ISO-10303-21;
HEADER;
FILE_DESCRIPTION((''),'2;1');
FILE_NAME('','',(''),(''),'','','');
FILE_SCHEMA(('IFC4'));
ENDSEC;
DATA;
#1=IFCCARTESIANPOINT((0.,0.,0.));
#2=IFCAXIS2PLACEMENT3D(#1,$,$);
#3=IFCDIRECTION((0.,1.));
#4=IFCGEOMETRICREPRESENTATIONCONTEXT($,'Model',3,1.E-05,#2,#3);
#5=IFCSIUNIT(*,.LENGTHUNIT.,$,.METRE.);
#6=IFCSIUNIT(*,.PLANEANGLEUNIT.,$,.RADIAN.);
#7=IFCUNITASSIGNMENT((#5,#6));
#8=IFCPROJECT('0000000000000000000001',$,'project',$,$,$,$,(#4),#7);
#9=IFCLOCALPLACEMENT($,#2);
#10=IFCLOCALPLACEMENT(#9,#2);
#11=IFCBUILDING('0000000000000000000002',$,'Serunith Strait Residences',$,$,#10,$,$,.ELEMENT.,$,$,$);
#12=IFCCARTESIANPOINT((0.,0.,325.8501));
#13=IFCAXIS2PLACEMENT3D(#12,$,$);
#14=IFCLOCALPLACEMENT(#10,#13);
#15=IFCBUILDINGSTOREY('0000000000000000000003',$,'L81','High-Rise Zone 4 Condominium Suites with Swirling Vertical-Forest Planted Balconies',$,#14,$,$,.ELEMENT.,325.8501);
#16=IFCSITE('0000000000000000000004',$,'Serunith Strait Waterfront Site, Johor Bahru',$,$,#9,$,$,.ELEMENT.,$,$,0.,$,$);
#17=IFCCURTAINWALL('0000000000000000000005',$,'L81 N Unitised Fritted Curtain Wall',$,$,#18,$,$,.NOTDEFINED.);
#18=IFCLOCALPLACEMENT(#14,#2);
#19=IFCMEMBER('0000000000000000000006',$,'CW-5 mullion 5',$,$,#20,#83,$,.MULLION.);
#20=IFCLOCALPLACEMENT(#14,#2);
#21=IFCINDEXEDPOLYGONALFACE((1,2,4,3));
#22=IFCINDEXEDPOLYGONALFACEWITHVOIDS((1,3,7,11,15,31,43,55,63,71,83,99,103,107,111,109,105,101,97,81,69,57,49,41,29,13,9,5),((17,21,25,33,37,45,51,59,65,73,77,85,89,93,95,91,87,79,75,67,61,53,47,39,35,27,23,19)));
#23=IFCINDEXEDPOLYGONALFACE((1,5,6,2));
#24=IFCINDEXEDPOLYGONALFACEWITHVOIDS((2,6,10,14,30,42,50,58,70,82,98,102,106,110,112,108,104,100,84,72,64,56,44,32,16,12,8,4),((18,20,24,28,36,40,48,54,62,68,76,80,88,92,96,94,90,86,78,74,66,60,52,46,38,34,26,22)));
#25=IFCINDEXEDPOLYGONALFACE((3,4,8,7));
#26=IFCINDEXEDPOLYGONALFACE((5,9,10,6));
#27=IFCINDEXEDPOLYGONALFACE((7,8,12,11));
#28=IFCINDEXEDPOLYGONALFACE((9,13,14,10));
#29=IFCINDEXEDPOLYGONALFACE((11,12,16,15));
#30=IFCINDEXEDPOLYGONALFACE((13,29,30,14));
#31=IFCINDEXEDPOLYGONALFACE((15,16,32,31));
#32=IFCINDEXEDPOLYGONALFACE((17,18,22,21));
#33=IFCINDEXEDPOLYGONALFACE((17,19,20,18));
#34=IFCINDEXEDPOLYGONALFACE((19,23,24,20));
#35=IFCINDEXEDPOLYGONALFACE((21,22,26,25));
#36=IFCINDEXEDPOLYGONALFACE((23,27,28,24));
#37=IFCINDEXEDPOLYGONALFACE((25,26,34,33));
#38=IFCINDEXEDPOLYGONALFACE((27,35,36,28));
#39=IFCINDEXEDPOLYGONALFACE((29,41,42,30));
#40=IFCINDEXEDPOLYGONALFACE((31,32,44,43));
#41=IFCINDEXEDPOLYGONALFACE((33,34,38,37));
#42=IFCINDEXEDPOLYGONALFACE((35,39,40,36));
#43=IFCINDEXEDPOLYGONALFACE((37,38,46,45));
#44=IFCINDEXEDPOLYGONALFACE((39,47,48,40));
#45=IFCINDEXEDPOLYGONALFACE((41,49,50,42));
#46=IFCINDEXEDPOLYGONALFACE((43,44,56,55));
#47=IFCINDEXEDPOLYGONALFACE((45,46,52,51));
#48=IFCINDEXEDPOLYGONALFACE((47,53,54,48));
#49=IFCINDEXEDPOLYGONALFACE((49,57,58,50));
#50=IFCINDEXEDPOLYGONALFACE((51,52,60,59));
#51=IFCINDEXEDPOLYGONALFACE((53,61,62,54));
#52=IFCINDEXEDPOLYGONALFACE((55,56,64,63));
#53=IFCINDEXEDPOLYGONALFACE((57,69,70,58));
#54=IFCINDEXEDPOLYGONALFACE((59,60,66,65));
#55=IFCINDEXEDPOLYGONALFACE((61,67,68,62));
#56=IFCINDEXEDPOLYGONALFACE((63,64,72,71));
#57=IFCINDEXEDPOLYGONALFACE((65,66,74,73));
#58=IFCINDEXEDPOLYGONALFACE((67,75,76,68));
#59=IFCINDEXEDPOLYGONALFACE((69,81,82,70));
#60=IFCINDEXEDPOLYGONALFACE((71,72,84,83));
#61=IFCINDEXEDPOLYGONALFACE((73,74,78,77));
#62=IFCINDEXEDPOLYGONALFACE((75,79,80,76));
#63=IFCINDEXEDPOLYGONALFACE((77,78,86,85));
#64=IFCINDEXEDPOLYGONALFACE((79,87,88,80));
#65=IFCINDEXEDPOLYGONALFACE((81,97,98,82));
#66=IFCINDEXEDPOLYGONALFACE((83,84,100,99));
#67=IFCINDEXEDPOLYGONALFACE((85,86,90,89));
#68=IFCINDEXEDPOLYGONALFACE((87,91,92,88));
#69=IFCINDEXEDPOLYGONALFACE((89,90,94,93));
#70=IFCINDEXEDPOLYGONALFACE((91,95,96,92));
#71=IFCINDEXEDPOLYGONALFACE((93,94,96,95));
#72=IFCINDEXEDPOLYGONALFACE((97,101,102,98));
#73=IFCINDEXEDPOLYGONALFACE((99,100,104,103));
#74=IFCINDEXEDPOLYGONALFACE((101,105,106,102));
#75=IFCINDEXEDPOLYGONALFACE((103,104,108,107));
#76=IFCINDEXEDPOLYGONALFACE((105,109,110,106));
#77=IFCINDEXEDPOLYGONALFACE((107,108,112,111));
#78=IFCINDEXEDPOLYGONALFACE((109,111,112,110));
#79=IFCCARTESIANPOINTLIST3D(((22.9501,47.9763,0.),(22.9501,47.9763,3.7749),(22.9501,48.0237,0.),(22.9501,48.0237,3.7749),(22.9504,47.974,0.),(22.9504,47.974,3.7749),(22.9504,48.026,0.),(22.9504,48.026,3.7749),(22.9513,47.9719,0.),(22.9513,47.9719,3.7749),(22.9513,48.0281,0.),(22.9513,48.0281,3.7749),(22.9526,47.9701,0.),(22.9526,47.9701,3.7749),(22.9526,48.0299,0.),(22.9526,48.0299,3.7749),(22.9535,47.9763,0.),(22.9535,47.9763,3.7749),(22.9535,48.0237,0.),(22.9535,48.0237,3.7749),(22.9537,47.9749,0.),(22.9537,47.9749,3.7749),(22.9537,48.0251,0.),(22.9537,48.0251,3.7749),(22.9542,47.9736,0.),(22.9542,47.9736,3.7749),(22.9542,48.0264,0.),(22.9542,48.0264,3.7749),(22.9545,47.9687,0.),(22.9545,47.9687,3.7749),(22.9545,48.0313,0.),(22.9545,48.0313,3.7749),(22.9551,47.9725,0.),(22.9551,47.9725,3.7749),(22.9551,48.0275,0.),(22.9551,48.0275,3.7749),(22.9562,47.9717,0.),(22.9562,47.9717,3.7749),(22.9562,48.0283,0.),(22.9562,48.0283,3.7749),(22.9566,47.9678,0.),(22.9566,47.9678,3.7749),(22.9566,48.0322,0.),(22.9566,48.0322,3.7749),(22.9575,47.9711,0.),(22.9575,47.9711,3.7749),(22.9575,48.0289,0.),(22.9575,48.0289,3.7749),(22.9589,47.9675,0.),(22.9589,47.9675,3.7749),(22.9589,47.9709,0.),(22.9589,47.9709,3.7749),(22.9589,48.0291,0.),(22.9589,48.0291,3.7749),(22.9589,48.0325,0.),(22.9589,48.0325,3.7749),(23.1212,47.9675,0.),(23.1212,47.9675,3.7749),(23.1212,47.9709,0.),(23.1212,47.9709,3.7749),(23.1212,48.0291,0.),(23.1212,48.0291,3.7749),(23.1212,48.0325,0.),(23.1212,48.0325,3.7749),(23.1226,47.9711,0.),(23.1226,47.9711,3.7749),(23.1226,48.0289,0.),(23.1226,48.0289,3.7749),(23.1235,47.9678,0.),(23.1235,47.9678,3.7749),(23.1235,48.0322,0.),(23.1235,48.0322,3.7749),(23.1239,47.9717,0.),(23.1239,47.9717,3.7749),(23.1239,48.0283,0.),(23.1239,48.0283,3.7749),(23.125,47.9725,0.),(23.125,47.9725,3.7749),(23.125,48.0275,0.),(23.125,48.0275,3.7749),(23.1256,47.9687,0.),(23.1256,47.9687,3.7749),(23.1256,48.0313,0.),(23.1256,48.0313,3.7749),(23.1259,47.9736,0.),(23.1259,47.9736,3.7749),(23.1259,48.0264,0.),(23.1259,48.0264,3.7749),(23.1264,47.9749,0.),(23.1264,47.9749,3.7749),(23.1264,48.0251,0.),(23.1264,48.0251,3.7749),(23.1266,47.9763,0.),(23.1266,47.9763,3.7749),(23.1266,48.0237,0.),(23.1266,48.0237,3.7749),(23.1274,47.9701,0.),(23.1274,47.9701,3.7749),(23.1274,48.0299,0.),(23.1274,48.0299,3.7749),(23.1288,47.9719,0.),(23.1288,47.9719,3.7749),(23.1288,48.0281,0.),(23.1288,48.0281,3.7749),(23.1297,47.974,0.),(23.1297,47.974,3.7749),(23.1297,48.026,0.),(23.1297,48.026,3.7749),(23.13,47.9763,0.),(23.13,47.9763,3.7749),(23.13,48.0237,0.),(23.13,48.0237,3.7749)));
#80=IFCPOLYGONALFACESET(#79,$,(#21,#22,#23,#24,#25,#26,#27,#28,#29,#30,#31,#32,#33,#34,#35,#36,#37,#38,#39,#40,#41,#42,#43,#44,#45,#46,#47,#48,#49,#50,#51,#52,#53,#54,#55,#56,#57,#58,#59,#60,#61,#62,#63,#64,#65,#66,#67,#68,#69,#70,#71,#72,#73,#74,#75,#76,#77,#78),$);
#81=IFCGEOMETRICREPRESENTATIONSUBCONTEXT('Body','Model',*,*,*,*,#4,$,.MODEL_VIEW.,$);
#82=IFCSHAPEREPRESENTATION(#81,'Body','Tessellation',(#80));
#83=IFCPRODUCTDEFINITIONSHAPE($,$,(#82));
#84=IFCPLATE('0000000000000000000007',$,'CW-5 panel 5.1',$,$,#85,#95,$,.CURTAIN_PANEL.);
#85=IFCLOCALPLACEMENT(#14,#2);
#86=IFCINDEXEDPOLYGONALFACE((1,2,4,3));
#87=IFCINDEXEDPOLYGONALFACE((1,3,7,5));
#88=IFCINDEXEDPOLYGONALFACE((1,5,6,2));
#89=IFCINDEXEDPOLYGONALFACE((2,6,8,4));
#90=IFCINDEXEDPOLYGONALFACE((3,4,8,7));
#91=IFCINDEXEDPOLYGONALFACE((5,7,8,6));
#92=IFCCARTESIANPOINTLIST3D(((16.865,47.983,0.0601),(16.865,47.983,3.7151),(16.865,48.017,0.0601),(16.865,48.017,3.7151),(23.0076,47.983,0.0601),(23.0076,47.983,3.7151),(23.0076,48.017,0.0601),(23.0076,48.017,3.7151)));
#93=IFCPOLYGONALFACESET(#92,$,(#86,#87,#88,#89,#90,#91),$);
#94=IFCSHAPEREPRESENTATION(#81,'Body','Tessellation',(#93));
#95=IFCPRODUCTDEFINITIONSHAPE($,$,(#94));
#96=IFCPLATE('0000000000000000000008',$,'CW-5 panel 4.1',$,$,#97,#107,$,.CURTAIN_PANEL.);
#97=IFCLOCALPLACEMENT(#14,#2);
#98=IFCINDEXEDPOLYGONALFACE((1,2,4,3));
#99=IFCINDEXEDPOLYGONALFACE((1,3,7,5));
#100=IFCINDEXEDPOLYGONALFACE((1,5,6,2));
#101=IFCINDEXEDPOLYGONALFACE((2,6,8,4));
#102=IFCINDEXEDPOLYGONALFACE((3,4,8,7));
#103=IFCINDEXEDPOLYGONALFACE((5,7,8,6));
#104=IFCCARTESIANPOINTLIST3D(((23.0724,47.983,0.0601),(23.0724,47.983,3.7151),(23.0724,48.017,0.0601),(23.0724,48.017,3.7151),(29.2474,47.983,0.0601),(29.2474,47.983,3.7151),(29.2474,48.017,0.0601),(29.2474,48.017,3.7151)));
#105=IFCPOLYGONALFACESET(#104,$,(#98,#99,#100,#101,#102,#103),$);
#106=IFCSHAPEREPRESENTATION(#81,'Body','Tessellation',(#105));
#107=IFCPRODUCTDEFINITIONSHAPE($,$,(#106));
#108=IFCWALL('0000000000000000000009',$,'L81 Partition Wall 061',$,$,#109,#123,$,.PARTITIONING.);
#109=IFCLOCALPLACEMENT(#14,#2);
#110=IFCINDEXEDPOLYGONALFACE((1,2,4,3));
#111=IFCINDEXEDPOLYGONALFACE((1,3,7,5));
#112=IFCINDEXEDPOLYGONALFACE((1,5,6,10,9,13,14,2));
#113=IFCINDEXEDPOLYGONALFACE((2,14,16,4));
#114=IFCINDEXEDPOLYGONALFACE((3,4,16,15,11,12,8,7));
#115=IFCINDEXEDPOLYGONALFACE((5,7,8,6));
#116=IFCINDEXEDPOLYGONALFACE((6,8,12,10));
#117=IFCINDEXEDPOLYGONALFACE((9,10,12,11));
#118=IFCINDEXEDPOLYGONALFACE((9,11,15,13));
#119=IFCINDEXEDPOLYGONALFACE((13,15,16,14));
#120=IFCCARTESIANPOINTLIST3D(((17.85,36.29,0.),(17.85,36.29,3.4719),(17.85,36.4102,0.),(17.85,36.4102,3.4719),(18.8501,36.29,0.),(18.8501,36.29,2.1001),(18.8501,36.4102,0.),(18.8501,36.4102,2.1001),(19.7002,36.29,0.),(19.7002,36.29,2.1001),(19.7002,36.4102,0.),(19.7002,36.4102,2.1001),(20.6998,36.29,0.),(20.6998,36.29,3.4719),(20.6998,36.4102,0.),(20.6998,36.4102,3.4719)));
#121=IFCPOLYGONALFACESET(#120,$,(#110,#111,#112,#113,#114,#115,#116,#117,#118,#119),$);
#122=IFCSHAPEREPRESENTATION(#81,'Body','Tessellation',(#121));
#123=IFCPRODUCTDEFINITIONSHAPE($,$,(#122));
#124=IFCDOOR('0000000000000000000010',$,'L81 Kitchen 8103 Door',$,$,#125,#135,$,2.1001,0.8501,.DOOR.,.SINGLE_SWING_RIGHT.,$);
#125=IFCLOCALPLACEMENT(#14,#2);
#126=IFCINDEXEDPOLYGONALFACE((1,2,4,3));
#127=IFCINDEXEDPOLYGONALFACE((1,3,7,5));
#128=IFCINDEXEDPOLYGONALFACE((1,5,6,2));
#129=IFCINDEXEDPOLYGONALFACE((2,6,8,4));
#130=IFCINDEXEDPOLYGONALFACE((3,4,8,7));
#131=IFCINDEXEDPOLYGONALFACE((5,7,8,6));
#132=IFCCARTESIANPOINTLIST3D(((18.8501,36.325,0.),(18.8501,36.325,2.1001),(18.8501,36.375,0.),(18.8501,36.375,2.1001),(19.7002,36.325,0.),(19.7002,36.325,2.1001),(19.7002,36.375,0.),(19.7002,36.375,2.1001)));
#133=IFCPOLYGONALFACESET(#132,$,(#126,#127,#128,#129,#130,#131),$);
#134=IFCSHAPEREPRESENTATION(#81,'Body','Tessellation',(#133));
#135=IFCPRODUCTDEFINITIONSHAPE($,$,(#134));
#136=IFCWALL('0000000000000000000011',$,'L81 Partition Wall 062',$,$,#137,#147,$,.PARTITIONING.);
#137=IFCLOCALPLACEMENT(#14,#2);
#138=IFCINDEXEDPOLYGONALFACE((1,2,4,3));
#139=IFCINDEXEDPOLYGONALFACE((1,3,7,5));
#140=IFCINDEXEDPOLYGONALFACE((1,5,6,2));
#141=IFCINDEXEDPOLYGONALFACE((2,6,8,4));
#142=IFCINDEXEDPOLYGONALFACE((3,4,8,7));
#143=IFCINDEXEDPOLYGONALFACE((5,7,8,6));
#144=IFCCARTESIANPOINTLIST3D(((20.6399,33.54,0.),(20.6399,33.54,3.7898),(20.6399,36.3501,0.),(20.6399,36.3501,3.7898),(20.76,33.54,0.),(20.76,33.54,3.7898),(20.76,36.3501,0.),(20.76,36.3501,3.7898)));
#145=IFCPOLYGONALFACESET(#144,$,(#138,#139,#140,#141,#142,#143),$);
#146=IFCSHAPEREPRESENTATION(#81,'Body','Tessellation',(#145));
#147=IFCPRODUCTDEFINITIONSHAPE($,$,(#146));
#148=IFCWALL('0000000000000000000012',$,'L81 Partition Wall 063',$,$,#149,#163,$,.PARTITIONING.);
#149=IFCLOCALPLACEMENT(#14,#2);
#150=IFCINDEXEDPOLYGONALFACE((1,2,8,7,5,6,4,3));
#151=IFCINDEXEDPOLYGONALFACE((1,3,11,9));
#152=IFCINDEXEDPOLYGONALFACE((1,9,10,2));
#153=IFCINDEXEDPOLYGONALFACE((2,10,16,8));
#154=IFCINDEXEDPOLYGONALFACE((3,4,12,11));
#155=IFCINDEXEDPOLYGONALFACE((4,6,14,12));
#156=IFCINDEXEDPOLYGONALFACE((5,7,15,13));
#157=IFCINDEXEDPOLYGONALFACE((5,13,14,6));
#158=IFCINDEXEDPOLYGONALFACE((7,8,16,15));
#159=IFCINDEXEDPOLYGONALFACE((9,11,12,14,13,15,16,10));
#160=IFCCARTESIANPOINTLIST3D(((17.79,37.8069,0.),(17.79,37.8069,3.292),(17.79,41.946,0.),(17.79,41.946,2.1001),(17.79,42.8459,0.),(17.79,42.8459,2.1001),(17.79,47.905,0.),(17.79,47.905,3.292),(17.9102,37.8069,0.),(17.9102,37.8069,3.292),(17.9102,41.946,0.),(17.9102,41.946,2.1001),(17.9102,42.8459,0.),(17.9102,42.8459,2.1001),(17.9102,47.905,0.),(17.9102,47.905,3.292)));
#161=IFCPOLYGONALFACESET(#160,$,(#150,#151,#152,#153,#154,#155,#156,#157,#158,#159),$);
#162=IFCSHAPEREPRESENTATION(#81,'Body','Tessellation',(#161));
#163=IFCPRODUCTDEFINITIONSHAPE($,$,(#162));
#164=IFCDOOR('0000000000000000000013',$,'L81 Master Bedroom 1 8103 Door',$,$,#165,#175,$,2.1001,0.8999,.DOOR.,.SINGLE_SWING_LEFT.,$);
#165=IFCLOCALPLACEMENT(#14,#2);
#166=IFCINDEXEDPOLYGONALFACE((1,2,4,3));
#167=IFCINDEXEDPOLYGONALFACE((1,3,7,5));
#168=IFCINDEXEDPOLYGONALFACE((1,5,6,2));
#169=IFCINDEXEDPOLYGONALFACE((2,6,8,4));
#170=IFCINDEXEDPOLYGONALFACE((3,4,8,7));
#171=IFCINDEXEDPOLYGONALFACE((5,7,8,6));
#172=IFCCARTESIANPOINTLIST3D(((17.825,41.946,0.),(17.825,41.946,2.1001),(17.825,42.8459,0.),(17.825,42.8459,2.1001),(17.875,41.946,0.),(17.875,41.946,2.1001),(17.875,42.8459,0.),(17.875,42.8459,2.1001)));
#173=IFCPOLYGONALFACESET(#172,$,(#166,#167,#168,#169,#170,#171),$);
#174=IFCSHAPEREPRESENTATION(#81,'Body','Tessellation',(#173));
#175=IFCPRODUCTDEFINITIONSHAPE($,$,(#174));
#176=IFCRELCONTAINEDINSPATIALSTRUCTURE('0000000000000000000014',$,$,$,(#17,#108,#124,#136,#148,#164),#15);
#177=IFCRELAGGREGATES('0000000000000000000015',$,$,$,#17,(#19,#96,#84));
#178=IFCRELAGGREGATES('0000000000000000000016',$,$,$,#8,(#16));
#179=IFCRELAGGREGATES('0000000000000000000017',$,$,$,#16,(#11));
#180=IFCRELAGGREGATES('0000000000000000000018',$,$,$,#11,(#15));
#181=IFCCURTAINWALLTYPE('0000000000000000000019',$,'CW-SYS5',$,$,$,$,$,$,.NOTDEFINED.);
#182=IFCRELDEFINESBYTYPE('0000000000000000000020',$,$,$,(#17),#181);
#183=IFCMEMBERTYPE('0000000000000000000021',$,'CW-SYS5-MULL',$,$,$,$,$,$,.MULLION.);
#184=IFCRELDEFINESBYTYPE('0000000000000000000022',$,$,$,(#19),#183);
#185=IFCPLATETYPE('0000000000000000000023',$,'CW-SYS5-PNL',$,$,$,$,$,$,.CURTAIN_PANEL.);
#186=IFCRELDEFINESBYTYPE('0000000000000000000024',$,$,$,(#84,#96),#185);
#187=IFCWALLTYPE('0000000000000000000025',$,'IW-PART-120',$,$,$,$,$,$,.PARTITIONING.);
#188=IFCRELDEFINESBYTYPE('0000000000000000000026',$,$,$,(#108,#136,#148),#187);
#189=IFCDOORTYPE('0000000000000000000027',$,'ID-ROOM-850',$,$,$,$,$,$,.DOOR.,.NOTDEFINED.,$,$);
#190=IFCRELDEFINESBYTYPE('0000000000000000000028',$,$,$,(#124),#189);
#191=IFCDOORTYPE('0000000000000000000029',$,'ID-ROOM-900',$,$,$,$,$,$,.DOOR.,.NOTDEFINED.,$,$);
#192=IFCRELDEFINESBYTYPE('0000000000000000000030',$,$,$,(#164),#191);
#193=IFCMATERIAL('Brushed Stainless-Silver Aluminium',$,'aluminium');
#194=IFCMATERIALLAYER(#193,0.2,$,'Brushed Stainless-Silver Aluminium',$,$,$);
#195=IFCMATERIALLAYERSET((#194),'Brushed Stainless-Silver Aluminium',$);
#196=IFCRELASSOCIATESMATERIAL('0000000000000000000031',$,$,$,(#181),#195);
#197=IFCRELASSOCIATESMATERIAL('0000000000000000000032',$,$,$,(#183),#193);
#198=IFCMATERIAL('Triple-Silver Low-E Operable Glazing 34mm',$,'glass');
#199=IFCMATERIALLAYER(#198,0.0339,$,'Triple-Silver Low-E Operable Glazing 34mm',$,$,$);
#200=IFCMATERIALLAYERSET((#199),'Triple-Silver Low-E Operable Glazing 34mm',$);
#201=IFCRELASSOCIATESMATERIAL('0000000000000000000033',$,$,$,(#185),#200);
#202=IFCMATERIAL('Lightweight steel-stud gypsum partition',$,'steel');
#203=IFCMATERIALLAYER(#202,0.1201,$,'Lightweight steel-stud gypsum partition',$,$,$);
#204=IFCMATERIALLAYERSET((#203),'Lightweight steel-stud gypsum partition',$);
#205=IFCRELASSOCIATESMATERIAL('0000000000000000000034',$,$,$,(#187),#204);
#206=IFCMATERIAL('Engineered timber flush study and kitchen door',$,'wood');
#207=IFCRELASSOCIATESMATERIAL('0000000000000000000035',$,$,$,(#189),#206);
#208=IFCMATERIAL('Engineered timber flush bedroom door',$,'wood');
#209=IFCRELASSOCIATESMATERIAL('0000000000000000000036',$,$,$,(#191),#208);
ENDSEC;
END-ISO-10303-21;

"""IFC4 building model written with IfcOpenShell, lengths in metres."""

from ifc_helpers import new_model, si_unit, direction, frame, frame_2d, origin, origin_2d, place, context, subcontext, project, spatial, rectangle, hollow_rectangle, extrude, source, transform, mapped, material, layer, layer_set, material_profile, profile_set, type_object, element, fill, aggregate, save


model = new_model("IFC4")

# Units and contexts
model_context = context("Model", 3, precision=1e-05, world=origin(), true_north=direction((0.0, 1.0)))
body_context = subcontext(model_context, "Body", "Model", "MODEL_VIEW")
ifc_project = project(units=[si_unit("LENGTHUNIT", "METRE"), si_unit("PLANEANGLEUNIT", "RADIAN")], contexts=[model_context])

# Site, building, storey
site_placement = place(None, origin())
site = spatial("IfcSite", under=ifc_project, at=site_placement, Name="Serunith Strait Waterfront Site, Johor Bahru", CompositionType="ELEMENT", RefElevation=0.0)
building_placement = place(site_placement, origin())
building = spatial("IfcBuilding", under=site, at=building_placement, Name="Serunith Strait Residences", CompositionType="ELEMENT")
storey_placement = place(building_placement, frame((0.0, 0.0, 325.8501)))
storey = spatial("IfcBuildingStorey", under=building, at=storey_placement, Name="L81", Description="High-Rise Zone 4 Condominium Suites with Swirling Vertical-Forest Planted Balconies", CompositionType="ELEMENT", Elevation=325.8501)

# Curtain wall, member, plates
ifc_material_1 = material(Name="Brushed Stainless-Silver Aluminium", Category="aluminium")
ifc_layer_1 = layer(ifc_material_1, 0.2, Name="Brushed Stainless-Silver Aluminium")
ifc_layer_set_1 = layer_set([ifc_layer_1], Name="Brushed Stainless-Silver Aluminium")
curtain_wall_type = type_object("IfcCurtainWallType", Name="CW-SYS5", PredefinedType="NOTDEFINED", material=ifc_layer_set_1)
curtain_wall_placement = place(storey_placement, origin())
curtain_wall = element("IfcCurtainWall", 1, at=curtain_wall_placement, inside=storey, type_object=curtain_wall_type, Name="L81 N Unitised Fritted Curtain Wall", PredefinedType="NOTDEFINED")
ifc_material_profile_1 = material_profile(ifc_material_1, hollow_rectangle(XDim=0.0649, YDim=0.1799, WallThickness=0.0034, InnerFilletRadius=0.0054, OuterFilletRadius=0.0088, at=origin_2d()), Name="ALU 180x65x3.5")
ifc_profile_set_1 = profile_set([ifc_material_profile_1], Name="Brushed Stainless-Silver Aluminium")
member_type_1 = type_object("IfcMemberType", Name="CW-SYS5-MULL", PredefinedType="MULLION", material=ifc_profile_set_1)
shared_shape_1 = source(origin(), body_context, "Body", "SweptSolid", [
    extrude(hollow_rectangle(XDim=0.0649, YDim=0.1799, WallThickness=0.0034, InnerFilletRadius=0.0054, OuterFilletRadius=0.0088, at=origin_2d()), origin(), (0.0, 0.0, 1.0), 3.7749),
])
member_1_placement = place(storey_placement, frame((23.04, 48.0, 0.0), z_axis=(0.0, 0.0, 1.0), x_axis=(0.0, -1.0, 0.0)))
member_1 = element("IfcMember", 2, at=member_1_placement, type_object=member_type_1, Name="CW-5 mullion 5", PredefinedType="MULLION", context=body_context, shape_type="MappedRepresentation", body=[
    mapped(shared_shape_1, transform((0.0, 0.0, 0.0), scale=1.0)),
])
ifc_material_2 = material(Name="Triple-Silver Low-E Operable Glazing 34mm", Category="glass")
ifc_layer_2 = layer(ifc_material_2, 0.0339, Name="Triple-Silver Low-E Operable Glazing 34mm")
ifc_layer_set_2 = layer_set([ifc_layer_2], Name="Triple-Silver Low-E Operable Glazing 34mm")
plate_type = type_object("IfcPlateType", Name="CW-SYS5-PNL", PredefinedType="CURTAIN_PANEL", material=ifc_layer_set_2)
shared_shape_2 = source(origin(), body_context, "Body", "SweptSolid", [
    extrude(rectangle(XDim=6.1426, YDim=0.0339, at=origin_2d()), origin(), (0.0, 0.0, 1.0), 3.655),
])
plate_1_placement = place(storey_placement, frame((19.9363, 48.0, 0.0601), z_axis=(0.0, 0.0, 1.0), x_axis=(-1.0, 0.0, 0.0)))
plate_1 = element("IfcPlate", 3, at=plate_1_placement, type_object=plate_type, Name="CW-5 panel 5.1", PredefinedType="CURTAIN_PANEL", context=body_context, shape_type="MappedRepresentation", body=[
    mapped(shared_shape_2, transform((0.0, 0.0, 0.0), scale=1.0)),
])
shared_shape_3 = source(origin(), body_context, "Body", "SweptSolid", [
    extrude(rectangle(XDim=6.175, YDim=0.0339, at=origin_2d()), origin(), (0.0, 0.0, 1.0), 3.655),
])
plate_2_placement = place(storey_placement, frame((26.1599, 48.0, 0.0601), z_axis=(0.0, 0.0, 1.0), x_axis=(-1.0, 0.0, 0.0)))
plate_2 = element("IfcPlate", 4, at=plate_2_placement, type_object=plate_type, Name="CW-5 panel 4.1", PredefinedType="CURTAIN_PANEL", context=body_context, shape_type="MappedRepresentation", body=[
    mapped(shared_shape_3, transform((0.0, 0.0, 0.0), scale=1.0)),
])
aggregate(curtain_wall, [member_1, plate_2, plate_1])

# Wall, opening, door
ifc_material_3 = material(Name="Lightweight steel-stud gypsum partition", Category="steel")
ifc_layer_3 = layer(ifc_material_3, 0.1201, Name="Lightweight steel-stud gypsum partition")
ifc_layer_set_3 = layer_set([ifc_layer_3], Name="Lightweight steel-stud gypsum partition")
wall_type = type_object("IfcWallType", Name="IW-PART-120", PredefinedType="PARTITIONING", material=ifc_layer_set_3)
wall_1_placement = place(storey_placement, frame((17.8501, 36.3501, 0.0), z_axis=(0.0, 0.0, 1.0), x_axis=(1.0, 0.0, 0.0)))
wall_1 = element("IfcWall", 5, at=wall_1_placement, inside=storey, type_object=wall_type, Name="L81 Partition Wall 061", PredefinedType="PARTITIONING", context=body_context, shape_type="SweptSolid", body=[
    extrude(rectangle(XDim=2.8499, YDim=0.1201, at=frame_2d((1.4248, 0.0))), origin(), (0.0, 0.0, 1.0), 3.4719),
])
opening_1_placement = place(wall_1_placement, frame((1.0, 0.0, 0.0)))
opening_1 = element("IfcOpeningElement", 6, at=opening_1_placement, cuts=wall_1, PredefinedType="OPENING", context=body_context, shape_type="SweptSolid", body=[
    extrude(rectangle(XDim=0.8501, YDim=2.1001, at=frame_2d((0.425, 1.05))), frame((0.0, 0.0701, 0.0), z_axis=(0.0, -1.0, 0.0), x_axis=(1.0, 0.0, 0.0)), (0.0, 0.0, 1.0), 0.1401),
])
ifc_material_4 = material(Name="Engineered timber flush study and kitchen door", Category="wood")
door_type_1 = type_object("IfcDoorType", Name="ID-ROOM-850", OperationType="NOTDEFINED", PredefinedType="DOOR", material=ifc_material_4)
shared_shape_4 = source(origin(), body_context, "Body", "SweptSolid", [
    extrude(rectangle(XDim=0.8501, YDim=2.1001, at=frame_2d((0.425, 1.05))), frame((0.0, 0.0249, 0.0), z_axis=(0.0, -1.0, 0.0), x_axis=(1.0, 0.0, 0.0)), (0.0, 0.0, 1.0), 0.05),
])
door_1_placement = place(opening_1_placement, origin())
door_1 = element("IfcDoor", 7, at=door_1_placement, inside=storey, type_object=door_type_1, Name="L81 Kitchen 8103 Door", OperationType="SINGLE_SWING_RIGHT", OverallHeight=2.1001, OverallWidth=0.8501, PredefinedType="DOOR", context=body_context, shape_type="MappedRepresentation", body=[
    mapped(shared_shape_4, transform((0.0, 0.0, 0.0), scale=1.0)),
])
fill(opening_1, door_1)

# Wall
wall_2_placement = place(storey_placement, frame((20.7, 36.3501, 0.0), z_axis=(0.0, 0.0, 1.0), x_axis=(0.0, -1.0, 0.0)))
element("IfcWall", 8, at=wall_2_placement, inside=storey, type_object=wall_type, Name="L81 Partition Wall 062", PredefinedType="PARTITIONING", context=body_context, shape_type="SweptSolid", body=[
    extrude(rectangle(XDim=2.8101, YDim=0.1201, at=frame_2d((1.405, 0.0))), origin(), (0.0, 0.0, 1.0), 3.7898),
])

# Wall, opening, door
wall_3_placement = place(storey_placement, frame((17.8501, 47.905, 0.0), z_axis=(0.0, 0.0, 1.0), x_axis=(0.0, -1.0, 0.0)))
wall_3 = element("IfcWall", 9, at=wall_3_placement, inside=storey, type_object=wall_type, Name="L81 Partition Wall 063", PredefinedType="PARTITIONING", context=body_context, shape_type="SweptSolid", body=[
    extrude(rectangle(XDim=10.0981, YDim=0.1201, at=frame_2d((5.0491, 0.0))), origin(), (0.0, 0.0, 1.0), 3.292),
])
opening_2_placement = place(wall_3_placement, frame((5.0591, 0.0, 0.0)))
opening_2 = element("IfcOpeningElement", 10, at=opening_2_placement, cuts=wall_3, PredefinedType="OPENING", context=body_context, shape_type="SweptSolid", body=[
    extrude(rectangle(XDim=0.8999, YDim=2.1001, at=frame_2d((0.45, 1.05))), frame((0.0, 0.0701, 0.0), z_axis=(0.0, -1.0, 0.0), x_axis=(1.0, 0.0, 0.0)), (0.0, 0.0, 1.0), 0.1401),
])
ifc_material_5 = material(Name="Engineered timber flush bedroom door", Category="wood")
door_type_2 = type_object("IfcDoorType", Name="ID-ROOM-900", OperationType="NOTDEFINED", PredefinedType="DOOR", material=ifc_material_5)
shared_shape_5 = source(origin(), body_context, "Body", "SweptSolid", [
    extrude(rectangle(XDim=0.8999, YDim=2.1001, at=frame_2d((0.45, 1.05))), frame((0.0, 0.0249, 0.0), z_axis=(0.0, -1.0, 0.0), x_axis=(1.0, 0.0, 0.0)), (0.0, 0.0, 1.0), 0.05),
])
door_2_placement = place(opening_2_placement, origin())
door_2 = element("IfcDoor", 11, at=door_2_placement, inside=storey, type_object=door_type_2, Name="L81 Master Bedroom 1 8103 Door", OperationType="SINGLE_SWING_LEFT", OverallHeight=2.1001, OverallWidth=0.8999, PredefinedType="DOOR", context=body_context, shape_type="MappedRepresentation", body=[
    mapped(shared_shape_5, transform((0.0, 0.0, 0.0), scale=1.0)),
])
fill(opening_2, door_2)

save(model, "model.ifc")
